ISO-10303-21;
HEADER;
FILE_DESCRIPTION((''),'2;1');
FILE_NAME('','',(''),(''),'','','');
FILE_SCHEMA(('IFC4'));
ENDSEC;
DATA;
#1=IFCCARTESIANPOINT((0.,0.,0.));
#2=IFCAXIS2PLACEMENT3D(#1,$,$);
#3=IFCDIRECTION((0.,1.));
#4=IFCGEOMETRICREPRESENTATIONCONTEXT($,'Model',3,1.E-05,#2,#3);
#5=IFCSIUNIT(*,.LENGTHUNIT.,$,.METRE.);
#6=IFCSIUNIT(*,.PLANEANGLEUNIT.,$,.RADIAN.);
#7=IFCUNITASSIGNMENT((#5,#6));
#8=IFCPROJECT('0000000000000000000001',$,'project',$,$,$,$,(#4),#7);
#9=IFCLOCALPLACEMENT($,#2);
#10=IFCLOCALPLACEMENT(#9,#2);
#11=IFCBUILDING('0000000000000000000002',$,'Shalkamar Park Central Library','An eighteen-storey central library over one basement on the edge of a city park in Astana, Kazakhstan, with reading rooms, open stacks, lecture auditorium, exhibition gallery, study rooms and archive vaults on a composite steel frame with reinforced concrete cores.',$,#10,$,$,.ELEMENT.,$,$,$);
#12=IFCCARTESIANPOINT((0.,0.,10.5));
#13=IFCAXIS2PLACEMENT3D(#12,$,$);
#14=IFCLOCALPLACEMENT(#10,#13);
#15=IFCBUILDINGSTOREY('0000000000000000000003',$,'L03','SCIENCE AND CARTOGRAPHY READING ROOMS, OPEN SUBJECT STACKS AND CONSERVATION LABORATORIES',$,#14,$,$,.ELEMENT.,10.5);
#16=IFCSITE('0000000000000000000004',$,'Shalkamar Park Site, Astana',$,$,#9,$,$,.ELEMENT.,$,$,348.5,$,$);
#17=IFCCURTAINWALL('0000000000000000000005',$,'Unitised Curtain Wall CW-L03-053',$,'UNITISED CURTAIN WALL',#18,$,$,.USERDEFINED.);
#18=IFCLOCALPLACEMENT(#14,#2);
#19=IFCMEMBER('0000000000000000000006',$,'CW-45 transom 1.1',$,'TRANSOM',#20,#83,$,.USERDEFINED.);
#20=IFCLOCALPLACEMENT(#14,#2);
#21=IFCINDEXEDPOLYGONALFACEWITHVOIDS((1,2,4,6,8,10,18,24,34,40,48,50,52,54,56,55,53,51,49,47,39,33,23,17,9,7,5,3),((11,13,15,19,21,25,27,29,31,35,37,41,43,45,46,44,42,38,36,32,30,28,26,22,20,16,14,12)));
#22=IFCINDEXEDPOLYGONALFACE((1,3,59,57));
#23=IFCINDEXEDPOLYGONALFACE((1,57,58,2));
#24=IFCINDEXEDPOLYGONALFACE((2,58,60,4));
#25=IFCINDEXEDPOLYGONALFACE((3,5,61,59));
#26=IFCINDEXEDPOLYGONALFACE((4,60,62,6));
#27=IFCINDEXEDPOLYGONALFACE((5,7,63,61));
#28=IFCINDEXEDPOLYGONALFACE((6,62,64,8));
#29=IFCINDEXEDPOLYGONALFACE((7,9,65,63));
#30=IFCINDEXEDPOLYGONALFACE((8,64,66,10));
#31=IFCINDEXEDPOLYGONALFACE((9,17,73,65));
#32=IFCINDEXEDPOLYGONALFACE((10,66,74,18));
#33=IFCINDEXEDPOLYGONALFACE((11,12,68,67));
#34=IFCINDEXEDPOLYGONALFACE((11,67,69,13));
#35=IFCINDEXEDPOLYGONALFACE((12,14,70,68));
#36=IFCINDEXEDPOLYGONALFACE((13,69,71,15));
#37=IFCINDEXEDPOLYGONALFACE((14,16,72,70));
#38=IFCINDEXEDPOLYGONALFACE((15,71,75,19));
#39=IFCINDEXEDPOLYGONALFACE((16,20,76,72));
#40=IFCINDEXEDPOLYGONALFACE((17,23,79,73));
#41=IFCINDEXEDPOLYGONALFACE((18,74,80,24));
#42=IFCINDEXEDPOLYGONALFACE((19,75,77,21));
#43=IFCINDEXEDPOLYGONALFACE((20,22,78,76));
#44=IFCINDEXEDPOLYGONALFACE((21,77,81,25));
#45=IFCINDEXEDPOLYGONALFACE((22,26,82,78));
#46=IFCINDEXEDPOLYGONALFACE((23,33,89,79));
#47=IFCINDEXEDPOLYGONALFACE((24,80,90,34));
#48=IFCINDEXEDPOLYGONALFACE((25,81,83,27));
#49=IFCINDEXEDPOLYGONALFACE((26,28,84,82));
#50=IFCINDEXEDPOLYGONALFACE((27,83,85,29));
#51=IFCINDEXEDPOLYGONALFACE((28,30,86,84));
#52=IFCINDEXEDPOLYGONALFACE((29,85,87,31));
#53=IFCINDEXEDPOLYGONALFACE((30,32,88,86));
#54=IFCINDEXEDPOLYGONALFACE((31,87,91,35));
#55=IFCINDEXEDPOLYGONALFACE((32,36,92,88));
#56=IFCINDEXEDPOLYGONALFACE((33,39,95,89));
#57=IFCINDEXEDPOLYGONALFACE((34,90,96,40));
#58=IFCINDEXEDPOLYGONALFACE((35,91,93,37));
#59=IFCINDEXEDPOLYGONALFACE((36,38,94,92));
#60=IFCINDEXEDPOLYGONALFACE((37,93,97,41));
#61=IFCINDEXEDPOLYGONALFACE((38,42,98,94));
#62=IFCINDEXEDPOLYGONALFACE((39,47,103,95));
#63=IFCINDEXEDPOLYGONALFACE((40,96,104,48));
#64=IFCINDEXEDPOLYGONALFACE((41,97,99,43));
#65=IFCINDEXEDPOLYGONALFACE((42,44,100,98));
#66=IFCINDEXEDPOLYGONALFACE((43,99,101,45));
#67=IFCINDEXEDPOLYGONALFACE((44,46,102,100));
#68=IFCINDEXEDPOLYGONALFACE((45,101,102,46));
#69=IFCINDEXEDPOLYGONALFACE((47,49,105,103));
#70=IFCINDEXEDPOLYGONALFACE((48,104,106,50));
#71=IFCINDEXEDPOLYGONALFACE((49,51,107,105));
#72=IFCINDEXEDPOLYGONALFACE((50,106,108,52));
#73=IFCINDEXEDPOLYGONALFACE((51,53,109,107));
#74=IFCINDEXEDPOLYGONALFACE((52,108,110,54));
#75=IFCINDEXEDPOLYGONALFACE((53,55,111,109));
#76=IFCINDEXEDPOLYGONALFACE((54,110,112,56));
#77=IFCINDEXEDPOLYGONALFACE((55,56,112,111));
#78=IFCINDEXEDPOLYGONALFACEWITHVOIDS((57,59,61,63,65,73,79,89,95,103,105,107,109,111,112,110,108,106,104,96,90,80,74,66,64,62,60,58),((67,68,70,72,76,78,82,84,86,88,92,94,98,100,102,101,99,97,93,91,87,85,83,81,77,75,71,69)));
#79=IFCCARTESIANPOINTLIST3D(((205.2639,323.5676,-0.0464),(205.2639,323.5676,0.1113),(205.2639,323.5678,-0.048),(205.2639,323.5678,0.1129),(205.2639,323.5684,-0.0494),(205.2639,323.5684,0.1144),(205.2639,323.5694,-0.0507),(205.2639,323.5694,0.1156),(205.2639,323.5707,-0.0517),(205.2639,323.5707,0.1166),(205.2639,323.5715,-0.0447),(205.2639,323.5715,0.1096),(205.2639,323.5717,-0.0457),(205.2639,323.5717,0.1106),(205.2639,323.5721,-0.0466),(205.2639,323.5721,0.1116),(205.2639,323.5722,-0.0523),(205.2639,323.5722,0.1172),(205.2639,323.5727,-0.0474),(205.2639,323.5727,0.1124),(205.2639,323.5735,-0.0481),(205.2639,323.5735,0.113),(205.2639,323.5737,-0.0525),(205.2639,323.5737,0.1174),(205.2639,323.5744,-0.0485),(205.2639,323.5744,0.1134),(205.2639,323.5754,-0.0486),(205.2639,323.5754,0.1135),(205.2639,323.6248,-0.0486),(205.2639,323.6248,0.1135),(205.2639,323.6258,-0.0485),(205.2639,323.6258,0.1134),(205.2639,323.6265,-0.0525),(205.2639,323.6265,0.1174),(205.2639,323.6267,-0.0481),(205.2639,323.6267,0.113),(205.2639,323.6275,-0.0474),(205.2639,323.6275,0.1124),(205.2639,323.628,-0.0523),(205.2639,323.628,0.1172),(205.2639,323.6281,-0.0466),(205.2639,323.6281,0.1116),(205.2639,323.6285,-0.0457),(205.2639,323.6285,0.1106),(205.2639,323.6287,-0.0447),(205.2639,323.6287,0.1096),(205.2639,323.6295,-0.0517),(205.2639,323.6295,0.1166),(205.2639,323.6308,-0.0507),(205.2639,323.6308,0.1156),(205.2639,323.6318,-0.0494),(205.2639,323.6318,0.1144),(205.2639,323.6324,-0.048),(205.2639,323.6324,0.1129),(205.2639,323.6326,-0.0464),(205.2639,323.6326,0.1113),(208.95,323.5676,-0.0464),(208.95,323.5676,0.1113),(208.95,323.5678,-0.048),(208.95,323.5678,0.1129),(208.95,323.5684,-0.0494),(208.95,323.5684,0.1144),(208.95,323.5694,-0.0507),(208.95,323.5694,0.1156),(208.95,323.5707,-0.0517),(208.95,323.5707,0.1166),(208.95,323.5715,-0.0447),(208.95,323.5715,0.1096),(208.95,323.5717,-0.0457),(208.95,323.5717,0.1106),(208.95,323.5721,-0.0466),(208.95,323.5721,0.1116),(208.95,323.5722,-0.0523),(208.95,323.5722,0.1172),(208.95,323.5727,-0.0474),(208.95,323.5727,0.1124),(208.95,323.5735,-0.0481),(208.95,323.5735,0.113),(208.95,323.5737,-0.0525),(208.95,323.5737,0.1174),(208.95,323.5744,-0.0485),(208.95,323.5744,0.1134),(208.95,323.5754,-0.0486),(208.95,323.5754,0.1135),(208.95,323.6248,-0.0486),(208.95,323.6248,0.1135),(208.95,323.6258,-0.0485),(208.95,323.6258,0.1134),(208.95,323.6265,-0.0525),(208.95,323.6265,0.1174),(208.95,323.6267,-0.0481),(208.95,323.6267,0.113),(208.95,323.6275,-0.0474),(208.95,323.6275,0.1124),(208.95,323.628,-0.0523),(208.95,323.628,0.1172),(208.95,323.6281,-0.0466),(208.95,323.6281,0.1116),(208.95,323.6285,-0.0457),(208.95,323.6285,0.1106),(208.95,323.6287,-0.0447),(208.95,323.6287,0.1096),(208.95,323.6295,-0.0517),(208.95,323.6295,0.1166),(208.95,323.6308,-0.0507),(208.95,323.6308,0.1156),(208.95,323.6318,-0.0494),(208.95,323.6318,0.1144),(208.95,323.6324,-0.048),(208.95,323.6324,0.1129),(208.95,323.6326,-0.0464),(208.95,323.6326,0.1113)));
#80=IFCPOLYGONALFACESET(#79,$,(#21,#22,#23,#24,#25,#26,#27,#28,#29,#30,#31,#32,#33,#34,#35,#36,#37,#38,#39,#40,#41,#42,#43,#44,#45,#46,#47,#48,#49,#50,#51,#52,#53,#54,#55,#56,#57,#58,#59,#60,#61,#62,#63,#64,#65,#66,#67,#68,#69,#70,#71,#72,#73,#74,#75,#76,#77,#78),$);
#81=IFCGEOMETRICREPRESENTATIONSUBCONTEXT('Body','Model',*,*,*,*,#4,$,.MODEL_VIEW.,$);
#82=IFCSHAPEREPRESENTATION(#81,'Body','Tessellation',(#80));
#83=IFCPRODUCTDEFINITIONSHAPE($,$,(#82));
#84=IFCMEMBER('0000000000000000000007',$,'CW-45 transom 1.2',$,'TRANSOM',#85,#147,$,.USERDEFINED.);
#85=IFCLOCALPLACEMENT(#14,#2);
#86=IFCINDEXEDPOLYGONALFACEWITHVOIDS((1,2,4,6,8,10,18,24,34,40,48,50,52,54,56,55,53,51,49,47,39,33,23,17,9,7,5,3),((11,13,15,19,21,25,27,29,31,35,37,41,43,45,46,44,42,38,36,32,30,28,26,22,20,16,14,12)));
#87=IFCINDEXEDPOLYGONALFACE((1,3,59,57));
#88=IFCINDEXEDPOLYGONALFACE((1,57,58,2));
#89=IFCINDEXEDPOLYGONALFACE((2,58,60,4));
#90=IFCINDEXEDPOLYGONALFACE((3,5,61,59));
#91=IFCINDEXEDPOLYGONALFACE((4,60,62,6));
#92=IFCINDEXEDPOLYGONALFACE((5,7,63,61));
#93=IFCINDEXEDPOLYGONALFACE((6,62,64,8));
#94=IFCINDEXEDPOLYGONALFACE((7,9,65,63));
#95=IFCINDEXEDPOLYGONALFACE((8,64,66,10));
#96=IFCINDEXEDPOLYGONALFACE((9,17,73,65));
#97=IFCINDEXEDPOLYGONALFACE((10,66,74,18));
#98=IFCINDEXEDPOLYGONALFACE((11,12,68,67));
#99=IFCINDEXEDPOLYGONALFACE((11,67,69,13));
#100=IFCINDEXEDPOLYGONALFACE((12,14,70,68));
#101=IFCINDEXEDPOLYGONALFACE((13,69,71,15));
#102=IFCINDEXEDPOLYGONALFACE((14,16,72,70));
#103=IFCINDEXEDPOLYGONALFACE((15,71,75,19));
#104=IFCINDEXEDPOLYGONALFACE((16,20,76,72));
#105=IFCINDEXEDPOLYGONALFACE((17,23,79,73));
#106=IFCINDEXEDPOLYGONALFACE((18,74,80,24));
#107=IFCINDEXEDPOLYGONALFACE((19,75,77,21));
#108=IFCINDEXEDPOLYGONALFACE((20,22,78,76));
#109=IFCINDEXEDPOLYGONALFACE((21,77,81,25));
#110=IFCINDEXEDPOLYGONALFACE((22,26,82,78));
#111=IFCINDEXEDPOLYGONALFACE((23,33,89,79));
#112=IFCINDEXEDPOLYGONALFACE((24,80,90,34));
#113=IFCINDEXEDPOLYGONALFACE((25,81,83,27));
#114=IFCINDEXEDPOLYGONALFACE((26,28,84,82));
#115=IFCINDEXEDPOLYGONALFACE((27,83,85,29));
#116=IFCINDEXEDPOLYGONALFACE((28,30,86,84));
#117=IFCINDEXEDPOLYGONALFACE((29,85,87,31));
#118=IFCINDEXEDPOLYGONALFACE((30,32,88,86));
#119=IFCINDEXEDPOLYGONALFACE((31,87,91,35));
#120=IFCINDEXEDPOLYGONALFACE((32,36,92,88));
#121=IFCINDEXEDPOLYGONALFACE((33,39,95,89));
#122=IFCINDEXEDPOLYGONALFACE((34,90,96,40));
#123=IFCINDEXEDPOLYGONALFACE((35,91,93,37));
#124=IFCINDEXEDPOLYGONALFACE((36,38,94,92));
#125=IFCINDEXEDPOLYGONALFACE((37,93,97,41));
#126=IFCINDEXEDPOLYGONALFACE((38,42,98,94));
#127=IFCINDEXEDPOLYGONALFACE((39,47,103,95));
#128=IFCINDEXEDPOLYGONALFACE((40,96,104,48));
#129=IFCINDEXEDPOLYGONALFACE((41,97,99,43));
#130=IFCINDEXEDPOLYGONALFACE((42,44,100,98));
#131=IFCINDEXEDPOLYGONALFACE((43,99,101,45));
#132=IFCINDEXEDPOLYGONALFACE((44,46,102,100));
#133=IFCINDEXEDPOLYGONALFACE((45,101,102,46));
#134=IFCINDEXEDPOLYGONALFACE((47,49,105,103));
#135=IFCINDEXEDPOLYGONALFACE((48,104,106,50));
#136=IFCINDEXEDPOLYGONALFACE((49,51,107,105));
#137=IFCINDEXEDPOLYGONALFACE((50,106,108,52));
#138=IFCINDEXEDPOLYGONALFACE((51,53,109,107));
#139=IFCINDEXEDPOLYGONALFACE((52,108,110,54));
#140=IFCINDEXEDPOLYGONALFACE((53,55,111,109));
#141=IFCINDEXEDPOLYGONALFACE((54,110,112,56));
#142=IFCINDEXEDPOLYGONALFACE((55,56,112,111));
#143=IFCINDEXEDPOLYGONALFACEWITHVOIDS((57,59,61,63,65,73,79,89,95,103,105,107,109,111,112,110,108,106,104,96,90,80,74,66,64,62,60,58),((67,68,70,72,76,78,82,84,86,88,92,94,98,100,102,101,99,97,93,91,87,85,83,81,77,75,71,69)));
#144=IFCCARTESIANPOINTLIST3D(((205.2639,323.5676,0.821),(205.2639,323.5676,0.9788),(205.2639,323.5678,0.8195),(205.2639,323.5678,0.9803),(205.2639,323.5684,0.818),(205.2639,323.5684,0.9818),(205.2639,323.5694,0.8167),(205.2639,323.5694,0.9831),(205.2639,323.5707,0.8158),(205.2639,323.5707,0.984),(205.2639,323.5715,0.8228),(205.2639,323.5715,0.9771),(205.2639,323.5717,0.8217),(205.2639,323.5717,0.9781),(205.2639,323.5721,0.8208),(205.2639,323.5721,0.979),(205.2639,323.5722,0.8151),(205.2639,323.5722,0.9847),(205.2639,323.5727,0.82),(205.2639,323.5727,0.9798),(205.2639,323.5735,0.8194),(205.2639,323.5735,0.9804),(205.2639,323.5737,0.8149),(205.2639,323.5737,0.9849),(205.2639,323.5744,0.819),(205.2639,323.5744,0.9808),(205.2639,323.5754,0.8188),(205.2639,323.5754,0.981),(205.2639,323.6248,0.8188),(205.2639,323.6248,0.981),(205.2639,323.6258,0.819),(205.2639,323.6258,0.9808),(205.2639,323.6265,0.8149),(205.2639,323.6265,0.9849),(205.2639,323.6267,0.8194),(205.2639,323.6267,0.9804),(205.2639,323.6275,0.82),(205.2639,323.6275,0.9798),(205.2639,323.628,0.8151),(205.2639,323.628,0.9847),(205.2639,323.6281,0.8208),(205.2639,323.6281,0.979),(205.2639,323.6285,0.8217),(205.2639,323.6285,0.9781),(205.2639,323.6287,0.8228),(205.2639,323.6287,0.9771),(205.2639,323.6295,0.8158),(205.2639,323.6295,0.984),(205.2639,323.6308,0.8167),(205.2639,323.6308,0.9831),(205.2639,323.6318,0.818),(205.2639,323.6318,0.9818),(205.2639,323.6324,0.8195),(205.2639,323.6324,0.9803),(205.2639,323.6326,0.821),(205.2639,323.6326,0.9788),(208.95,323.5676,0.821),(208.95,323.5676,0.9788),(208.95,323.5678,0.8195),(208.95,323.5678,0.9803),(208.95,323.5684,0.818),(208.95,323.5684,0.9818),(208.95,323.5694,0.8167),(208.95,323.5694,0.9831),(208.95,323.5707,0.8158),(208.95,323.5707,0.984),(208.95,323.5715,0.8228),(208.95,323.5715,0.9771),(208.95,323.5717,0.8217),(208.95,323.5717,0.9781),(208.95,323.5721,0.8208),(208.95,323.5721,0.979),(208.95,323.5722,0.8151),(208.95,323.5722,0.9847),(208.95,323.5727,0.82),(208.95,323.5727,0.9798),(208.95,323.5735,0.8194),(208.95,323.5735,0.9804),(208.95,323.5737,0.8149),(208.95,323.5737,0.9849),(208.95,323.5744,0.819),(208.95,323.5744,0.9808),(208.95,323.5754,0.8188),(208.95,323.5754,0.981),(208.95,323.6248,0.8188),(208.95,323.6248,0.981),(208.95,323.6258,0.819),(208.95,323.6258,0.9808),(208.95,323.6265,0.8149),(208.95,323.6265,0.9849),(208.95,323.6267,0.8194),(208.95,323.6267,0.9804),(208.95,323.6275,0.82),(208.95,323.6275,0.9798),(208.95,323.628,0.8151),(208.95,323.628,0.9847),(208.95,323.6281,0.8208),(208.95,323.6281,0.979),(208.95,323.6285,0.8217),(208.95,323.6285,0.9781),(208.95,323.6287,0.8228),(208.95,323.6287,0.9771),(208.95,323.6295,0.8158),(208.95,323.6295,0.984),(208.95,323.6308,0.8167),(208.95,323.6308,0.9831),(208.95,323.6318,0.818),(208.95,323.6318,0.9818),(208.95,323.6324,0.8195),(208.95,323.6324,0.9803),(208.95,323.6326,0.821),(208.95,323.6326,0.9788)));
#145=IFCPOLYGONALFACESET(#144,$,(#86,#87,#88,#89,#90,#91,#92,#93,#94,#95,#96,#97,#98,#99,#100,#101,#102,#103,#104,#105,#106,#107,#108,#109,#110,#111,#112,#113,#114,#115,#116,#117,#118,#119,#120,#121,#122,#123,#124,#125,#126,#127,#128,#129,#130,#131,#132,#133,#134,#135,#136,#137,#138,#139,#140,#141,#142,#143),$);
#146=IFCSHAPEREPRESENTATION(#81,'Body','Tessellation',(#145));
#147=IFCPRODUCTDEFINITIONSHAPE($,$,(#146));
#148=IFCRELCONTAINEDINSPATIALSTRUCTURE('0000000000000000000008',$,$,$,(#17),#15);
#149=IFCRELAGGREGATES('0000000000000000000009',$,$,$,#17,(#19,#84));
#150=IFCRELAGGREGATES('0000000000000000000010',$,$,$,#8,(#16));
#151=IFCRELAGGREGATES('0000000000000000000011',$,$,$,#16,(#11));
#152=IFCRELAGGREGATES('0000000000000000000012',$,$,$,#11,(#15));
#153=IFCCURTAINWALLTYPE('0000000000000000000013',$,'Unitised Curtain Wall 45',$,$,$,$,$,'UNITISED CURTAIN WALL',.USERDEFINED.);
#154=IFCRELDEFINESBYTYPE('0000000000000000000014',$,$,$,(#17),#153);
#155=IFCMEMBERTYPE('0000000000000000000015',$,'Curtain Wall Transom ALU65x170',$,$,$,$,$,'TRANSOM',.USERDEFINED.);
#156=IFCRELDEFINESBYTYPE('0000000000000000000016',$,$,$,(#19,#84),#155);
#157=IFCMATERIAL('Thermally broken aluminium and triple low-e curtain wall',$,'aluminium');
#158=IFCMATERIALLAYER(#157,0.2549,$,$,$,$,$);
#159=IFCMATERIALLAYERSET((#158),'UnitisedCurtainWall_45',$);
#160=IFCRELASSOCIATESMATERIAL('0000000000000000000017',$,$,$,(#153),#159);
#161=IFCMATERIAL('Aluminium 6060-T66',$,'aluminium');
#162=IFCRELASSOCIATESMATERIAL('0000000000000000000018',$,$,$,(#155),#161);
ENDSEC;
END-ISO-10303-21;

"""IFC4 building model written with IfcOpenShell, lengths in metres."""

from ifc_helpers import new_model, si_unit, direction, frame, origin, origin_2d, place, context, subcontext, project, spatial, hollow_rectangle, extrude, material, layer, layer_set, material_profile, profile_set, type_object, element, aggregate, save


model = new_model("IFC4")

# Units and contexts
model_context = context("Model", 3, precision=1e-05, world=origin(), true_north=direction((0.0, 1.0)))
body_context = subcontext(model_context, "Body", "Model", "MODEL_VIEW")
ifc_project = project(units=[si_unit("LENGTHUNIT", "METRE"), si_unit("PLANEANGLEUNIT", "RADIAN")], contexts=[model_context])

# Site, building, storey
site_placement = place(None, origin())
site = spatial("IfcSite", under=ifc_project, at=site_placement, Name="Shalkamar Park Site, Astana", CompositionType="ELEMENT", RefElevation=348.5)
building_placement = place(site_placement, origin())
building = spatial("IfcBuilding", under=site, at=building_placement, Name="Shalkamar Park Central Library", Description="An eighteen-storey central library over one basement on the edge of a city park in Astana, Kazakhstan, with reading rooms, open stacks, lecture auditorium, exhibition gallery, study rooms and archive vaults on a composite steel frame with reinforced concrete cores.", CompositionType="ELEMENT")
storey_placement = place(building_placement, frame((0.0, 0.0, 10.5)))
storey = spatial("IfcBuildingStorey", under=building, at=storey_placement, Name="L03", Description="SCIENCE AND CARTOGRAPHY READING ROOMS, OPEN SUBJECT STACKS AND CONSERVATION LABORATORIES", CompositionType="ELEMENT", Elevation=10.5)

# Shared definitions
ifc_material_1 = material(Name="Thermally broken aluminium and triple low-e curtain wall", Category="aluminium")
ifc_material_2 = material(Name="Aluminium 6060-T66", Category="aluminium")

# Curtain wall, members
ifc_layer_1 = layer(ifc_material_1, 0.2549)
ifc_layer_set_1 = layer_set([ifc_layer_1], Name="UnitisedCurtainWall_45")
curtain_wall_type_1 = type_object("IfcCurtainWallType", Name="Unitised Curtain Wall 45", ElementType="UNITISED CURTAIN WALL", PredefinedType="USERDEFINED", material=ifc_layer_set_1)
curtain_wall_1_placement = place(storey_placement, origin())
curtain_wall_1 = element("IfcCurtainWall", 1, at=curtain_wall_1_placement, inside=storey, type_object=curtain_wall_type_1, Name="Unitised Curtain Wall CW-L03-053", ObjectType="UNITISED CURTAIN WALL", PredefinedType="USERDEFINED")
ifc_material_profile_1 = material_profile(ifc_material_2, hollow_rectangle(XDim=0.0649, YDim=0.1699, WallThickness=0.0039, InnerFilletRadius=0.0039, OuterFilletRadius=0.0061, at=origin_2d()), Name="ALU 65x170x4")
ifc_profile_set_1 = profile_set([ifc_material_profile_1], Name="Aluminium 6060-T66")
member_type_1 = type_object("IfcMemberType", Name="Curtain Wall Transom ALU65x170", ElementType="TRANSOM", PredefinedType="USERDEFINED", material=ifc_profile_set_1)
member_1_placement = place(storey_placement, frame((205.2639, 323.6001, 0.0325), z_axis=(1.0, 0.0, 0.0), x_axis=(0.0, 1.0, 0.0)))
member_1 = element("IfcMember", 2, at=member_1_placement, type_object=member_type_1, Name="CW-45 transom 1.1", ObjectType="TRANSOM", PredefinedType="USERDEFINED", context=body_context, shape_type="SweptSolid", body=[
    extrude(hollow_rectangle(XDim=0.0649, YDim=0.1699, WallThickness=0.0039, InnerFilletRadius=0.0039, OuterFilletRadius=0.0061, at=origin_2d()), origin(), (0.0, 0.0, 1.0), 3.686),
])
member_2_placement = place(storey_placement, frame((205.2639, 323.6001, 0.8999), z_axis=(1.0, 0.0, 0.0), x_axis=(0.0, 1.0, 0.0)))
member_2 = element("IfcMember", 3, at=member_2_placement, type_object=member_type_1, Name="CW-45 transom 1.2", ObjectType="TRANSOM", PredefinedType="USERDEFINED", context=body_context, shape_type="SweptSolid", body=[
    extrude(hollow_rectangle(XDim=0.0649, YDim=0.1699, WallThickness=0.0039, InnerFilletRadius=0.0039, OuterFilletRadius=0.0061, at=origin_2d()), origin(), (0.0, 0.0, 1.0), 3.686),
])

aggregate(curtain_wall_1, [member_1, member_2])

save(model, "model.ifc")
